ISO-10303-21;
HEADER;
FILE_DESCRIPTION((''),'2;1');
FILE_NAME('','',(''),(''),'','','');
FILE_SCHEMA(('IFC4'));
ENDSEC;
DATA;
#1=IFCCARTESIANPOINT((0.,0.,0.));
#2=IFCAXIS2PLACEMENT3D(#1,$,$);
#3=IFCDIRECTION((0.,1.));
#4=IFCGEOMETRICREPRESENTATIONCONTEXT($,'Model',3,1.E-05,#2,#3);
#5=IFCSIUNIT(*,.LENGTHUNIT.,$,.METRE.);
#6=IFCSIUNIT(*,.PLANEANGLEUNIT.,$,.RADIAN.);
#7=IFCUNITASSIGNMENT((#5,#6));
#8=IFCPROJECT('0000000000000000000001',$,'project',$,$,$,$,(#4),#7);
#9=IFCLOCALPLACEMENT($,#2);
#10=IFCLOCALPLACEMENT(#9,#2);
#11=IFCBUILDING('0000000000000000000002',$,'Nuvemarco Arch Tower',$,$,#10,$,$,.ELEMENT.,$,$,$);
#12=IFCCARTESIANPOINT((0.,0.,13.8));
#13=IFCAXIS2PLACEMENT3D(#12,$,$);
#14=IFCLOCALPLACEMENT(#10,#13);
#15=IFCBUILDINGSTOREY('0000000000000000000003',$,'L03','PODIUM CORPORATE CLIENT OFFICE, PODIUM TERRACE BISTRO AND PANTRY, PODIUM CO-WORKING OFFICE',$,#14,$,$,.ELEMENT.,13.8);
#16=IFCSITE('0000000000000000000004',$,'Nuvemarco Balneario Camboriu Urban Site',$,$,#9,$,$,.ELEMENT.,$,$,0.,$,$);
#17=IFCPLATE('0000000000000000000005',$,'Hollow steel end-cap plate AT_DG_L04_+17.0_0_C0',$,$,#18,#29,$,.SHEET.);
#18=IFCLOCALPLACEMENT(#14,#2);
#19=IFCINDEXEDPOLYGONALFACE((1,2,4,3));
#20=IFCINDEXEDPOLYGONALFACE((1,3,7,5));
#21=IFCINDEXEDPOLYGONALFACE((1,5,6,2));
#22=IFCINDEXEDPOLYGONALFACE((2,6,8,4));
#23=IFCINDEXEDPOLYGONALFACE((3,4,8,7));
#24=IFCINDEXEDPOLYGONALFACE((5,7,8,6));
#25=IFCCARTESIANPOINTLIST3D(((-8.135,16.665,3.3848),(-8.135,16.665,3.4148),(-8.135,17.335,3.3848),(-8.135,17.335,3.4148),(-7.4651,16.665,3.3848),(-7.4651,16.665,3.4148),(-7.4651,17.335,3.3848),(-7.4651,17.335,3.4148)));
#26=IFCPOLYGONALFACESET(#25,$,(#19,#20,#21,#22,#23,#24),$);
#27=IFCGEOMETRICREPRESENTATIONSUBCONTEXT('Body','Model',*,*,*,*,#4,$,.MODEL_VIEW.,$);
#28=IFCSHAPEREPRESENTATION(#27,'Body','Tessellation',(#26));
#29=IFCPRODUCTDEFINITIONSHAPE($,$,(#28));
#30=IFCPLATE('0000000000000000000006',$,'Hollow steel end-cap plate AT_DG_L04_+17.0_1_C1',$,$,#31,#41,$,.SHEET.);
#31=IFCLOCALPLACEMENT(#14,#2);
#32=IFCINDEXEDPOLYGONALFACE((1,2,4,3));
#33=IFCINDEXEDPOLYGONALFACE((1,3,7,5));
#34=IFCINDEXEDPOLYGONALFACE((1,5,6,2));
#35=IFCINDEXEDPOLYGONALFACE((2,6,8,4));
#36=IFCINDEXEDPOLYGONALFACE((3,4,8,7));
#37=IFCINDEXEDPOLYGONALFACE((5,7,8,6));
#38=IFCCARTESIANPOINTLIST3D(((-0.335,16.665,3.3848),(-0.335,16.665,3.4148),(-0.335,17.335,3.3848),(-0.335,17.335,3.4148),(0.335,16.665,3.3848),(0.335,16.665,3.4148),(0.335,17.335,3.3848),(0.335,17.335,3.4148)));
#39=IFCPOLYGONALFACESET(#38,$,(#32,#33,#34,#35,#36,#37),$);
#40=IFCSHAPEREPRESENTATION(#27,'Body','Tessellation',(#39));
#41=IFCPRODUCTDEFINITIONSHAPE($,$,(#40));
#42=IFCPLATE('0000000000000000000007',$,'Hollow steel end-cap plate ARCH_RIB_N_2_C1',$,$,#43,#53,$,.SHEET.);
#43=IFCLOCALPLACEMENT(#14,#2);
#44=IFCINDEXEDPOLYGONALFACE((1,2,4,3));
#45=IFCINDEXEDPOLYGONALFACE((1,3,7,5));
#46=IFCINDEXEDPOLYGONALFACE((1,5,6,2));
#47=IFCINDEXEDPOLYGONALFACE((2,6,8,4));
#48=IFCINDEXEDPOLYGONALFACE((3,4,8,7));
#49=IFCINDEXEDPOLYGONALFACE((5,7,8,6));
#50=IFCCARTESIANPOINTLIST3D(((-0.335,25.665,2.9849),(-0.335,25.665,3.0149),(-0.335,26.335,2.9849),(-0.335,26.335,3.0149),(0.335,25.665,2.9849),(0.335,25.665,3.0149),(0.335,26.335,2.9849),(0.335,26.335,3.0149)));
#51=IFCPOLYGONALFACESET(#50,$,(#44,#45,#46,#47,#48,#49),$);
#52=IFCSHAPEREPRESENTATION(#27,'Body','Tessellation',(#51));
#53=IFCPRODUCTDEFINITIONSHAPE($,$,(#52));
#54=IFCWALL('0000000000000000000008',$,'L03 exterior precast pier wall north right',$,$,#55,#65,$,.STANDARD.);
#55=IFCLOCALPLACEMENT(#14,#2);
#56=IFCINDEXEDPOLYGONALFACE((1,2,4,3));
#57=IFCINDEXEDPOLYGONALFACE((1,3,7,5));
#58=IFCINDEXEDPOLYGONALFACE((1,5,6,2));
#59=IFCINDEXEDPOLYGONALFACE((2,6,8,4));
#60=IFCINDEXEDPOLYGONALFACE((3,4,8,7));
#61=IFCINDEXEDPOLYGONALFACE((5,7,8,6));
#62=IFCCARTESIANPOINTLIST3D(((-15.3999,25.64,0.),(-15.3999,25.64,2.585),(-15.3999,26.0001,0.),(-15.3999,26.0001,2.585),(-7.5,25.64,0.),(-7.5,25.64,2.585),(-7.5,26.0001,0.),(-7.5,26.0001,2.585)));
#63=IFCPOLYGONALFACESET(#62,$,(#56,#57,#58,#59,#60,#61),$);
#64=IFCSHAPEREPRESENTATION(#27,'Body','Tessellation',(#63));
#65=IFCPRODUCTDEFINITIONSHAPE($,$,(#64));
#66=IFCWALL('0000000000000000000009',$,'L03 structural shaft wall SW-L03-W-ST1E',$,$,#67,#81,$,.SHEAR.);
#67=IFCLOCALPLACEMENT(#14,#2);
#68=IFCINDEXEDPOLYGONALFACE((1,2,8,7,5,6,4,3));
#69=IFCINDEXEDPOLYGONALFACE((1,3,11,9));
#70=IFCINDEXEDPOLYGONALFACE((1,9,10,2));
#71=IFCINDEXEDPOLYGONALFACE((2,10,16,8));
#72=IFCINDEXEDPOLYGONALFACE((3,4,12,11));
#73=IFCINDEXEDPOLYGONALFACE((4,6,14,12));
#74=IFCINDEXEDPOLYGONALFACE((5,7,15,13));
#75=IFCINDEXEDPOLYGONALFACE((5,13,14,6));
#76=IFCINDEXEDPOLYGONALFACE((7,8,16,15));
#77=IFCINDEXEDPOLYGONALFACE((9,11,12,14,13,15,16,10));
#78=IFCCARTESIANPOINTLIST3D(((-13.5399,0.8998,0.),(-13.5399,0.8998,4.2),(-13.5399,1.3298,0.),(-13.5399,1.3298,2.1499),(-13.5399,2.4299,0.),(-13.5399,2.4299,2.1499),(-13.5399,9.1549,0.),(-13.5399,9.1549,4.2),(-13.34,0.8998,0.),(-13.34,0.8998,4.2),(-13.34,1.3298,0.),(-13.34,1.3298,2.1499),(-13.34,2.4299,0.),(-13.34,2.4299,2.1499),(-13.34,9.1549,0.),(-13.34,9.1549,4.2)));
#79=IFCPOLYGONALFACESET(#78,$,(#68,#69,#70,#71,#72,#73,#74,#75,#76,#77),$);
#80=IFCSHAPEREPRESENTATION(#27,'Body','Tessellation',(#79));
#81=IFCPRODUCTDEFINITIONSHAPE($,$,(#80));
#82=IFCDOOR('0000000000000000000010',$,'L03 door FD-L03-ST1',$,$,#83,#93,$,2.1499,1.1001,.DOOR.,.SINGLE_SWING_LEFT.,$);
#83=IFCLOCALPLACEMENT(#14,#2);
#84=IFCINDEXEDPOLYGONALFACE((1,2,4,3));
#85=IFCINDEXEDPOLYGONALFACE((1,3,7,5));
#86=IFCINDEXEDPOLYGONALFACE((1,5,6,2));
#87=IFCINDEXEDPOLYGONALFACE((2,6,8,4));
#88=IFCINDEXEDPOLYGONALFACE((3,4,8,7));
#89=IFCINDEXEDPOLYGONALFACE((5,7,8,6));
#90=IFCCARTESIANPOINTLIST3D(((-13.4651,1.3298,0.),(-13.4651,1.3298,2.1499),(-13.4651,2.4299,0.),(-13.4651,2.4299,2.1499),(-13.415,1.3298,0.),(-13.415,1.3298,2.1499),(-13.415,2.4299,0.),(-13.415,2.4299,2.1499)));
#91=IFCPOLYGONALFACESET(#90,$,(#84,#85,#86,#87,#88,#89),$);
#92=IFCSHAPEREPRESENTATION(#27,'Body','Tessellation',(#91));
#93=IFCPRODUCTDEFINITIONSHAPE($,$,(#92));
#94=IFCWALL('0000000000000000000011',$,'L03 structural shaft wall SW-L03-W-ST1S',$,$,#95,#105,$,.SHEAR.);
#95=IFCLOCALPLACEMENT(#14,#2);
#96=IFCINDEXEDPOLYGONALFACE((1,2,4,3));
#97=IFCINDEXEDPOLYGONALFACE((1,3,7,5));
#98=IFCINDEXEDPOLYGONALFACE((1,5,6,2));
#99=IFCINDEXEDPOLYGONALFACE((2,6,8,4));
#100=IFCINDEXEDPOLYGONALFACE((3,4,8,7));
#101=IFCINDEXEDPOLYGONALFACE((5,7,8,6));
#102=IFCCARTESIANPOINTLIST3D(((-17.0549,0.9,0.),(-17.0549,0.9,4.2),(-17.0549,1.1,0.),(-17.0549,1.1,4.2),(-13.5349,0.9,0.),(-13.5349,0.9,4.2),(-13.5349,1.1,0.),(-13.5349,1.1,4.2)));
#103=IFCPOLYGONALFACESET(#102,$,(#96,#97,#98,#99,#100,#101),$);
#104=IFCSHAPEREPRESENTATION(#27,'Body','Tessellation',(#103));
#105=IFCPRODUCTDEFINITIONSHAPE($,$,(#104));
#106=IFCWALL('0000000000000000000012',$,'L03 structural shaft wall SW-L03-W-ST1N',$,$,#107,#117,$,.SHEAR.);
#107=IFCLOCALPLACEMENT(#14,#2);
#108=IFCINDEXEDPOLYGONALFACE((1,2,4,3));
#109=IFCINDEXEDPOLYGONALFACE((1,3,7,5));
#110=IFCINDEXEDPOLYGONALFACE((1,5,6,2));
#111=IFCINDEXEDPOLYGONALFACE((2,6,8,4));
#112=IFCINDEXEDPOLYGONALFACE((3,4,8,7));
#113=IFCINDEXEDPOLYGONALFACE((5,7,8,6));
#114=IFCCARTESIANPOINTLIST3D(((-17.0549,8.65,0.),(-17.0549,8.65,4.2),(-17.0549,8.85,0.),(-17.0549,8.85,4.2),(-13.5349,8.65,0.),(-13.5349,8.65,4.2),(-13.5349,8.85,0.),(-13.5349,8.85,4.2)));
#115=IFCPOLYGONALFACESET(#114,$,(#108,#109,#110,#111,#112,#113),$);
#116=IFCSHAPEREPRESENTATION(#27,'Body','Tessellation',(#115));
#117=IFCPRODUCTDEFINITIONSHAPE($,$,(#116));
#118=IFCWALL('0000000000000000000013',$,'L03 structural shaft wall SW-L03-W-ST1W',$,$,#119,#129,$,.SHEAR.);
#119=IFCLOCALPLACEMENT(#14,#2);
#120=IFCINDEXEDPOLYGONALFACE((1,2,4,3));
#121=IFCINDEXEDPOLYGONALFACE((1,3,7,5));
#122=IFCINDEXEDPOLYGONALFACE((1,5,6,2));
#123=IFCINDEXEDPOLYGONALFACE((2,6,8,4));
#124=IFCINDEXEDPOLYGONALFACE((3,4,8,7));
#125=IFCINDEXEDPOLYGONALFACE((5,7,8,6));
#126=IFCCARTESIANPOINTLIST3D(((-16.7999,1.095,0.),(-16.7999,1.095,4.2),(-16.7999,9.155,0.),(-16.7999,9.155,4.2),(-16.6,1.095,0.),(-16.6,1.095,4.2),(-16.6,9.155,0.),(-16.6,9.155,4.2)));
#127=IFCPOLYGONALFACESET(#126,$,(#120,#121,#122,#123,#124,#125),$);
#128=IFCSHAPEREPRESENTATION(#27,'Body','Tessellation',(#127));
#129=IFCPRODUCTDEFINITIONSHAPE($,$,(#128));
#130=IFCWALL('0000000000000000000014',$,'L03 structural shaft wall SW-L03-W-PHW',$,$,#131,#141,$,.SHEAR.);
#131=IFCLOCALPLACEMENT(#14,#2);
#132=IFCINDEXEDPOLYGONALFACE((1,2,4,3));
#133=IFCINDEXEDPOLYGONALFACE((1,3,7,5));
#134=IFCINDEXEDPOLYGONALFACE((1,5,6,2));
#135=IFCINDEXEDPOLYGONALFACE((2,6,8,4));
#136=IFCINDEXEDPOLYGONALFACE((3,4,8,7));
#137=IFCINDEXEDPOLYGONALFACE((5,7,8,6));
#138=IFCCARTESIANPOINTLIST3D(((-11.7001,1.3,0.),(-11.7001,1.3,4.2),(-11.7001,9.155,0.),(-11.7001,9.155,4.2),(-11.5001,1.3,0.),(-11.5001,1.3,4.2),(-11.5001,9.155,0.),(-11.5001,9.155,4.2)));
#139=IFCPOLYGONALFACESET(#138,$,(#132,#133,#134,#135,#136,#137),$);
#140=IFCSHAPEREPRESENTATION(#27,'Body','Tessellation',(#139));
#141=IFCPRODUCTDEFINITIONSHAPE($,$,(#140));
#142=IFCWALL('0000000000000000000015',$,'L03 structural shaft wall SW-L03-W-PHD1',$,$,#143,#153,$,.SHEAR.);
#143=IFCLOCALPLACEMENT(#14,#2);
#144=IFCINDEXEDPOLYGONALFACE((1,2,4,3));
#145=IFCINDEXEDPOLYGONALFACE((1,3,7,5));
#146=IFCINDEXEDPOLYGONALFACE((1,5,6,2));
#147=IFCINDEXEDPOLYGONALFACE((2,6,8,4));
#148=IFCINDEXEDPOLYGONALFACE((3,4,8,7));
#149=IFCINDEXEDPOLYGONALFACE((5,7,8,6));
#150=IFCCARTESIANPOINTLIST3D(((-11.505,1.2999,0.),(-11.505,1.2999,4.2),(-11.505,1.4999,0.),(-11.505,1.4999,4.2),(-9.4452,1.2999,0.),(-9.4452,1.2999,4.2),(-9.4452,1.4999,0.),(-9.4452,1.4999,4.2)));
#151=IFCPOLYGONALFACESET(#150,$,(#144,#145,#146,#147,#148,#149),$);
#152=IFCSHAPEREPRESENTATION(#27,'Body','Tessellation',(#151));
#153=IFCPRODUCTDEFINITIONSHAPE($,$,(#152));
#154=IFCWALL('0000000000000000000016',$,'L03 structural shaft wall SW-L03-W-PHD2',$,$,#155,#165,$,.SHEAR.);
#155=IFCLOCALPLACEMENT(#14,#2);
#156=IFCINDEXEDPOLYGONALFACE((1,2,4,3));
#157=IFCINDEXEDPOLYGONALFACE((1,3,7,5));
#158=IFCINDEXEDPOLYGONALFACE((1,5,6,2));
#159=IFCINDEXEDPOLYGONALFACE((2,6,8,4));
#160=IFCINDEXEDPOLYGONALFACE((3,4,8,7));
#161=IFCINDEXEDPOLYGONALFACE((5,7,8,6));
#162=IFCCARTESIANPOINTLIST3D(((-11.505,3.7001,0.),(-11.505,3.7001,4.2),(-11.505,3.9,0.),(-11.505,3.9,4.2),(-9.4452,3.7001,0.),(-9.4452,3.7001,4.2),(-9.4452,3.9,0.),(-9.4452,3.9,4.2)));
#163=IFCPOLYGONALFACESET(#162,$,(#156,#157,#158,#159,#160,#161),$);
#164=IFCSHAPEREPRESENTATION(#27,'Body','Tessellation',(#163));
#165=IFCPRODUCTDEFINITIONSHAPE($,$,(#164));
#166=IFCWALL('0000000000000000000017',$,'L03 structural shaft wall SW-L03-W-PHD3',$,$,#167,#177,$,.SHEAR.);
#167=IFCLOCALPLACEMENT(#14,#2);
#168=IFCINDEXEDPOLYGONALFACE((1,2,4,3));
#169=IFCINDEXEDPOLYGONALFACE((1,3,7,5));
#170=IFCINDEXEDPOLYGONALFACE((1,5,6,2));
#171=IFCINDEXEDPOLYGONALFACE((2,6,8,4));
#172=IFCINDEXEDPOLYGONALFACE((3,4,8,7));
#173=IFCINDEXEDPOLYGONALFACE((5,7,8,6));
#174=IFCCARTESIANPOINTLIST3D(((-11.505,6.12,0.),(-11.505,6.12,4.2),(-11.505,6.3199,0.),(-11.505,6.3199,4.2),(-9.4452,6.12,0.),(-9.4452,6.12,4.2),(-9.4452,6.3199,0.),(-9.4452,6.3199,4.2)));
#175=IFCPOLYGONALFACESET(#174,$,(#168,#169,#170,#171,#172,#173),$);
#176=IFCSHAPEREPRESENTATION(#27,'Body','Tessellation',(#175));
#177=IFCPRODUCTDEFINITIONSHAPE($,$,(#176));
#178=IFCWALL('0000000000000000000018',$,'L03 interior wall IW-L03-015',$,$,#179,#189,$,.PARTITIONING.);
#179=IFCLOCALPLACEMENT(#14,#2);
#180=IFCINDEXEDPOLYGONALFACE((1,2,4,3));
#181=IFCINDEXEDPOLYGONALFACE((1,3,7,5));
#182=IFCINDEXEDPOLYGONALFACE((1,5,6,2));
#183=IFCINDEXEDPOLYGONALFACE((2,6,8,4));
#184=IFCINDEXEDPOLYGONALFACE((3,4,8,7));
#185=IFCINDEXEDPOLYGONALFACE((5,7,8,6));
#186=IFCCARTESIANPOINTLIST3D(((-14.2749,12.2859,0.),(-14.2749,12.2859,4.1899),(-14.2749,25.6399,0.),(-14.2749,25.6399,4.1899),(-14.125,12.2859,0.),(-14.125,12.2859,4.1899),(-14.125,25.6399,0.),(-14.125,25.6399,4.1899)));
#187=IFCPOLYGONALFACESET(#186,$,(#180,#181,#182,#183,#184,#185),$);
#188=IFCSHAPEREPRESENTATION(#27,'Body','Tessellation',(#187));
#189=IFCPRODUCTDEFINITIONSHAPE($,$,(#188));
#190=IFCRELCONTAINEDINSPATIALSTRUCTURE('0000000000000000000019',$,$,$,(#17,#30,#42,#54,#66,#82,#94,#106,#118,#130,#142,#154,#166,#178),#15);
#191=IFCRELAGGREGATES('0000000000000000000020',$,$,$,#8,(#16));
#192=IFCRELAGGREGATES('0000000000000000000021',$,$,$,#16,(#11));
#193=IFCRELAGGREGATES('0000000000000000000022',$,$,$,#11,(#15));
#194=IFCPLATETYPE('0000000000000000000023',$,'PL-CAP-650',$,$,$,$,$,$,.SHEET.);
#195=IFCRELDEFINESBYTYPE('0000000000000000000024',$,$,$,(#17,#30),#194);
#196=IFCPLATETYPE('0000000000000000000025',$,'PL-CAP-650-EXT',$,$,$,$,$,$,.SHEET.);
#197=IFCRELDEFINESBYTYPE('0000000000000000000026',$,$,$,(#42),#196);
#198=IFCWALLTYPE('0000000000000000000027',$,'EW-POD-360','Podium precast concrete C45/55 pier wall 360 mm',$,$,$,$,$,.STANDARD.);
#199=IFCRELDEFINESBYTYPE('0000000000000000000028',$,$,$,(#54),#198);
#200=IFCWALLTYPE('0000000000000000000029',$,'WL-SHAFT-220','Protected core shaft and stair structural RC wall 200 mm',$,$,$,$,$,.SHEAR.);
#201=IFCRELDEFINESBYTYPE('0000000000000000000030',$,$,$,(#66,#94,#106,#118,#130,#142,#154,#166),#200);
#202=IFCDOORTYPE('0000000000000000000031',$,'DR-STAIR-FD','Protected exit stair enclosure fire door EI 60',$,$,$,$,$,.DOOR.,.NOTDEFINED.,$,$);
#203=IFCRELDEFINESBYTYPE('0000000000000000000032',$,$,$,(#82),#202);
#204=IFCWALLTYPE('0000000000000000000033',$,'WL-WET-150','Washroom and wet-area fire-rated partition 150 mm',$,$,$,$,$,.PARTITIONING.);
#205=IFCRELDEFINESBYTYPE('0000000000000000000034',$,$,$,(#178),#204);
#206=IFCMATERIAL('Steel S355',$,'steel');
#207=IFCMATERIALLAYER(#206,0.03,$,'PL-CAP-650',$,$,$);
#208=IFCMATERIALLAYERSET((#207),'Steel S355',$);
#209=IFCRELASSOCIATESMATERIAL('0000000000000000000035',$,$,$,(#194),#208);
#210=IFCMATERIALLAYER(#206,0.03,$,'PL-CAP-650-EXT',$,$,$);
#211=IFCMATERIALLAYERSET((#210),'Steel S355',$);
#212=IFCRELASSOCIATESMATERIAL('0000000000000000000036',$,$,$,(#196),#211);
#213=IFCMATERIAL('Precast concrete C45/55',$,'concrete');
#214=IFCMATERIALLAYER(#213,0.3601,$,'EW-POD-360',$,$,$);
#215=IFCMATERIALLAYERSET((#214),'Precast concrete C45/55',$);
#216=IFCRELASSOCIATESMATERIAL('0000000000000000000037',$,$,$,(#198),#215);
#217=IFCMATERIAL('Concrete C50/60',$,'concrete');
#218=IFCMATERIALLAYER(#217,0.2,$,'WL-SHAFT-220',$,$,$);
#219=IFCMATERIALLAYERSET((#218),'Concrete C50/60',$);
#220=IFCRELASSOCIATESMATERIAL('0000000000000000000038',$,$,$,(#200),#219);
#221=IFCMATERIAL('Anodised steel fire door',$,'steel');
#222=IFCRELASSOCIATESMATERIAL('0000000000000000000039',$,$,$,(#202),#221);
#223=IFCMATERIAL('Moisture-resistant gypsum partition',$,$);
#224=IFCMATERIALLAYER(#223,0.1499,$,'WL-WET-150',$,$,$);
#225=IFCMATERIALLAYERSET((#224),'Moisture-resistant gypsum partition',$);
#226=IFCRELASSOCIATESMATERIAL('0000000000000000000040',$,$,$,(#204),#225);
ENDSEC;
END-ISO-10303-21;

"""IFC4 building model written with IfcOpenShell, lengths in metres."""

from ifc_helpers import new_model, si_unit, direction, frame, frame_2d, origin, origin_2d, place, context, subcontext, project, spatial, rectangle, extrude, source, transform, mapped, material, layer, layer_set, type_object, type_shapes, element, fill, save


model = new_model("IFC4")

# Units and contexts
model_context = context("Model", 3, precision=1e-05, world=origin(), true_north=direction((0.0, 1.0)))
body_context = subcontext(model_context, "Body", "Model", "MODEL_VIEW")
ifc_project = project(units=[si_unit("LENGTHUNIT", "METRE"), si_unit("PLANEANGLEUNIT", "RADIAN")], contexts=[model_context])

# Site, building, storey
site_placement = place(None, origin())
site = spatial("IfcSite", under=ifc_project, at=site_placement, Name="Nuvemarco Balneario Camboriu Urban Site", CompositionType="ELEMENT", RefElevation=0.0)
building_placement = place(site_placement, origin())
building = spatial("IfcBuilding", under=site, at=building_placement, Name="Nuvemarco Arch Tower", CompositionType="ELEMENT")
storey_placement = place(building_placement, frame((0.0, 0.0, 13.8)))
storey = spatial("IfcBuildingStorey", under=building, at=storey_placement, Name="L03", Description="PODIUM CORPORATE CLIENT OFFICE, PODIUM TERRACE BISTRO AND PANTRY, PODIUM CO-WORKING OFFICE", CompositionType="ELEMENT", Elevation=13.8)

# Shared definitions
ifc_material_1 = material(Name="Steel S355", Category="steel")

# Plates
ifc_layer_1 = layer(ifc_material_1, 0.03, Name="PL-CAP-650")
ifc_layer_set_1 = layer_set([ifc_layer_1], Name="Steel S355")
plate_type_1 = type_object("IfcPlateType", Name="PL-CAP-650", PredefinedType="SHEET", material=ifc_layer_set_1)
shared_shape_1 = source(origin(), body_context, "Body", "SweptSolid", [
    extrude(rectangle(XDim=0.6699, YDim=0.6699, at=origin_2d()), origin(), (0.0, 0.0, 1.0), 0.03),
])
type_shapes(plate_type_1, [shared_shape_1])
for number, where, z_axis, x_axis, name in (
    (1, (-7.8, 17.0, 3.3848), (0.0, 0.0, 1.0), (1.0, 0.0, 0.0), "Hollow steel end-cap plate AT_DG_L04_+17.0_0_C0"),
    (2, (0.0, 17.0, 3.3848), (0.0, 0.0, 1.0), (1.0, 0.0, 0.0), "Hollow steel end-cap plate AT_DG_L04_+17.0_1_C1"),
):
    element("IfcPlate", number, at=place(storey_placement, frame(where, z_axis=z_axis, x_axis=x_axis)), inside=storey, type_object=plate_type_1, Name=name, PredefinedType="SHEET", context=body_context, shape_type="MappedRepresentation", body=[
        mapped(shared_shape_1, transform((0.0, 0.0, 0.0), scale=1.0)),
    ])
ifc_layer_2 = layer(ifc_material_1, 0.03, Name="PL-CAP-650-EXT")
ifc_layer_set_2 = layer_set([ifc_layer_2], Name="Steel S355")
plate_type_2 = type_object("IfcPlateType", Name="PL-CAP-650-EXT", PredefinedType="SHEET", material=ifc_layer_set_2)
shared_shape_2 = source(origin(), body_context, "Body", "SweptSolid", [
    extrude(rectangle(XDim=0.6699, YDim=0.6699, at=origin_2d()), origin(), (0.0, 0.0, 1.0), 0.03),
])
type_shapes(plate_type_2, [shared_shape_2])
plate_placement = place(storey_placement, frame((0.0, 26.0, 2.9849), z_axis=(0.0, 0.0, 1.0), x_axis=(1.0, 0.0, 0.0)))
element("IfcPlate", 3, at=plate_placement, inside=storey, type_object=plate_type_2, Name="Hollow steel end-cap plate ARCH_RIB_N_2_C1", PredefinedType="SHEET", context=body_context, shape_type="MappedRepresentation", body=[
    mapped(shared_shape_2, transform((0.0, 0.0, 0.0), scale=1.0)),
])

# Wall
ifc_material_2 = material(Name="Precast concrete C45/55", Category="concrete")
ifc_layer_3 = layer(ifc_material_2, 0.3601, Name="EW-POD-360")
ifc_layer_set_3 = layer_set([ifc_layer_3], Name="Precast concrete C45/55")
wall_type_1 = type_object("IfcWallType", Name="EW-POD-360", Description="Podium precast concrete C45/55 pier wall 360 mm", PredefinedType="STANDARD", material=ifc_layer_set_3)
wall_1_placement = place(storey_placement, frame((-15.3999, 25.8201, 0.0), z_axis=(0.0, 0.0, 1.0), x_axis=(1.0, 0.0, 0.0)))
element("IfcWall", 4, at=wall_1_placement, inside=storey, type_object=wall_type_1, Name="L03 exterior precast pier wall north right", PredefinedType="STANDARD", context=body_context, shape_type="SweptSolid", body=[
    extrude(rectangle(XDim=7.8999, YDim=0.3601, at=frame_2d((3.95, 0.0))), origin(), (0.0, 0.0, 1.0), 2.585),
])

# Wall, opening, door
ifc_material_3 = material(Name="Anodised steel fire door", Category="steel")
ifc_material_4 = material(Name="Concrete C50/60", Category="concrete")
ifc_layer_4 = layer(ifc_material_4, 0.2, Name="WL-SHAFT-220")
ifc_layer_set_4 = layer_set([ifc_layer_4], Name="Concrete C50/60")
wall_type_2 = type_object("IfcWallType", Name="WL-SHAFT-220", Description="Protected core shaft and stair structural RC wall 200 mm", PredefinedType="SHEAR", material=ifc_layer_set_4)
wall_2_placement = place(storey_placement, frame((-13.4399, 0.8999, 0.0), z_axis=(0.0, 0.0, 1.0), x_axis=(0.0, 1.0, 0.0)))
wall_2 = element("IfcWall", 5, at=wall_2_placement, inside=storey, type_object=wall_type_2, Name="L03 structural shaft wall SW-L03-W-ST1E", PredefinedType="SHEAR", context=body_context, shape_type="SweptSolid", body=[
    extrude(rectangle(XDim=8.2551, YDim=0.2, at=frame_2d((4.1274, 0.0))), origin(), (0.0, 0.0, 1.0), 4.2),
])
opening_1_placement = place(wall_2_placement, frame((1.53, 0.0, 0.0), z_axis=(0.0, 0.0, 1.0), x_axis=(-1.0, 0.0, 0.0)))
opening_1 = element("IfcOpeningElement", 6, at=opening_1_placement, cuts=wall_2, PredefinedType="OPENING", context=body_context, shape_type="SweptSolid", body=[
    extrude(rectangle(XDim=1.1001, YDim=2.1499, at=frame_2d((0.55, 1.075))), frame((0.0, 0.1099, 0.0), z_axis=(0.0, -1.0, 0.0), x_axis=(1.0, 0.0, 0.0)), (0.0, 0.0, 1.0), 0.22),
])
door_type_1 = type_object("IfcDoorType", Name="DR-STAIR-FD", Description="Protected exit stair enclosure fire door EI 60", OperationType="NOTDEFINED", PredefinedType="DOOR", material=ifc_material_3)
shared_shape_3 = source(origin(), body_context, "Body", "SweptSolid", [
    extrude(rectangle(XDim=1.1001, YDim=2.1499, at=frame_2d((0.55, 1.075))), frame((0.0, 0.0249, 0.0), z_axis=(0.0, -1.0, 0.0), x_axis=(1.0, 0.0, 0.0)), (0.0, 0.0, 1.0), 0.05),
])
type_shapes(door_type_1, [shared_shape_3])
door_1_placement = place(opening_1_placement, origin())
door_1 = element("IfcDoor", 7, at=door_1_placement, inside=storey, type_object=door_type_1, Name="L03 door FD-L03-ST1", OperationType="SINGLE_SWING_LEFT", OverallHeight=2.1499, OverallWidth=1.1001, PredefinedType="DOOR", context=body_context, shape_type="MappedRepresentation", body=[
    mapped(shared_shape_3, transform((0.0, 0.0, 0.0), scale=1.0)),
])
fill(opening_1, door_1)

# Walls
for number, where, z_axis, x_axis, name in (
    (8, (-17.0549, 1.0, 0.0), (0.0, 0.0, 1.0), (1.0, 0.0, 0.0), "L03 structural shaft wall SW-L03-W-ST1S"),
    (9, (-17.0549, 8.75, 0.0), (0.0, 0.0, 1.0), (1.0, 0.0, 0.0), "L03 structural shaft wall SW-L03-W-ST1N"),
):
    element("IfcWall", number, at=place(storey_placement, frame(where, z_axis=z_axis, x_axis=x_axis)), inside=storey, type_object=wall_type_2, Name=name, PredefinedType="SHEAR", context=body_context, shape_type="SweptSolid", body=[
        extrude(rectangle(XDim=3.52, YDim=0.2, at=frame_2d((1.76, 0.0))), origin(), (0.0, 0.0, 1.0), 4.2),
    ])
wall_3_placement = place(storey_placement, frame((-16.7, 1.095, 0.0), z_axis=(0.0, 0.0, 1.0), x_axis=(0.0, 1.0, 0.0)))
element("IfcWall", 10, at=wall_3_placement, inside=storey, type_object=wall_type_2, Name="L03 structural shaft wall SW-L03-W-ST1W", PredefinedType="SHEAR", context=body_context, shape_type="SweptSolid", body=[
    extrude(rectangle(XDim=8.0601, YDim=0.2, at=frame_2d((4.03, 0.0))), origin(), (0.0, 0.0, 1.0), 4.2),
])
wall_4_placement = place(storey_placement, frame((-11.6001, 1.3, 0.0), z_axis=(0.0, 0.0, 1.0), x_axis=(0.0, 1.0, 0.0)))
element("IfcWall", 11, at=wall_4_placement, inside=storey, type_object=wall_type_2, Name="L03 structural shaft wall SW-L03-W-PHW", PredefinedType="SHEAR", context=body_context, shape_type="SweptSolid", body=[
    extrude(rectangle(XDim=7.855, YDim=0.2, at=frame_2d((3.9275, 0.0))), origin(), (0.0, 0.0, 1.0), 4.2),
])
for number, where, z_axis, x_axis, name in (
    (12, (-11.5049, 1.3999, 0.0), (0.0, 0.0, 1.0), (1.0, 0.0, 0.0), "L03 structural shaft wall SW-L03-W-PHD1"),
    (13, (-11.5049, 3.8, 0.0), (0.0, 0.0, 1.0), (1.0, 0.0, 0.0), "L03 structural shaft wall SW-L03-W-PHD2"),
    (14, (-11.5049, 6.22, 0.0), (0.0, 0.0, 1.0), (1.0, 0.0, 0.0), "L03 structural shaft wall SW-L03-W-PHD3"),
):
    element("IfcWall", number, at=place(storey_placement, frame(where, z_axis=z_axis, x_axis=x_axis)), inside=storey, type_object=wall_type_2, Name=name, PredefinedType="SHEAR", context=body_context, shape_type="SweptSolid", body=[
        extrude(rectangle(XDim=2.0598, YDim=0.2, at=frame_2d((1.0298, 0.0))), origin(), (0.0, 0.0, 1.0), 4.2),
    ])
ifc_material_5 = material(Name="Moisture-resistant gypsum partition")
ifc_layer_5 = layer(ifc_material_5, 0.1499, Name="WL-WET-150")
ifc_layer_set_5 = layer_set([ifc_layer_5], Name="Moisture-resistant gypsum partition")
wall_type_3 = type_object("IfcWallType", Name="WL-WET-150", Description="Washroom and wet-area fire-rated partition 150 mm", PredefinedType="PARTITIONING", material=ifc_layer_set_5)
wall_5_placement = place(storey_placement, frame((-14.2, 12.2859, 0.0), z_axis=(0.0, 0.0, 1.0), x_axis=(0.0, 1.0, 0.0)))
element("IfcWall", 15, at=wall_5_placement, inside=storey, type_object=wall_type_3, Name="L03 interior wall IW-L03-015", PredefinedType="PARTITIONING", context=body_context, shape_type="SweptSolid", body=[
    extrude(rectangle(XDim=13.354, YDim=0.1499, at=frame_2d((6.677, 0.0))), origin(), (0.0, 0.0, 1.0), 4.1899),
])

save(model, "model.ifc")
